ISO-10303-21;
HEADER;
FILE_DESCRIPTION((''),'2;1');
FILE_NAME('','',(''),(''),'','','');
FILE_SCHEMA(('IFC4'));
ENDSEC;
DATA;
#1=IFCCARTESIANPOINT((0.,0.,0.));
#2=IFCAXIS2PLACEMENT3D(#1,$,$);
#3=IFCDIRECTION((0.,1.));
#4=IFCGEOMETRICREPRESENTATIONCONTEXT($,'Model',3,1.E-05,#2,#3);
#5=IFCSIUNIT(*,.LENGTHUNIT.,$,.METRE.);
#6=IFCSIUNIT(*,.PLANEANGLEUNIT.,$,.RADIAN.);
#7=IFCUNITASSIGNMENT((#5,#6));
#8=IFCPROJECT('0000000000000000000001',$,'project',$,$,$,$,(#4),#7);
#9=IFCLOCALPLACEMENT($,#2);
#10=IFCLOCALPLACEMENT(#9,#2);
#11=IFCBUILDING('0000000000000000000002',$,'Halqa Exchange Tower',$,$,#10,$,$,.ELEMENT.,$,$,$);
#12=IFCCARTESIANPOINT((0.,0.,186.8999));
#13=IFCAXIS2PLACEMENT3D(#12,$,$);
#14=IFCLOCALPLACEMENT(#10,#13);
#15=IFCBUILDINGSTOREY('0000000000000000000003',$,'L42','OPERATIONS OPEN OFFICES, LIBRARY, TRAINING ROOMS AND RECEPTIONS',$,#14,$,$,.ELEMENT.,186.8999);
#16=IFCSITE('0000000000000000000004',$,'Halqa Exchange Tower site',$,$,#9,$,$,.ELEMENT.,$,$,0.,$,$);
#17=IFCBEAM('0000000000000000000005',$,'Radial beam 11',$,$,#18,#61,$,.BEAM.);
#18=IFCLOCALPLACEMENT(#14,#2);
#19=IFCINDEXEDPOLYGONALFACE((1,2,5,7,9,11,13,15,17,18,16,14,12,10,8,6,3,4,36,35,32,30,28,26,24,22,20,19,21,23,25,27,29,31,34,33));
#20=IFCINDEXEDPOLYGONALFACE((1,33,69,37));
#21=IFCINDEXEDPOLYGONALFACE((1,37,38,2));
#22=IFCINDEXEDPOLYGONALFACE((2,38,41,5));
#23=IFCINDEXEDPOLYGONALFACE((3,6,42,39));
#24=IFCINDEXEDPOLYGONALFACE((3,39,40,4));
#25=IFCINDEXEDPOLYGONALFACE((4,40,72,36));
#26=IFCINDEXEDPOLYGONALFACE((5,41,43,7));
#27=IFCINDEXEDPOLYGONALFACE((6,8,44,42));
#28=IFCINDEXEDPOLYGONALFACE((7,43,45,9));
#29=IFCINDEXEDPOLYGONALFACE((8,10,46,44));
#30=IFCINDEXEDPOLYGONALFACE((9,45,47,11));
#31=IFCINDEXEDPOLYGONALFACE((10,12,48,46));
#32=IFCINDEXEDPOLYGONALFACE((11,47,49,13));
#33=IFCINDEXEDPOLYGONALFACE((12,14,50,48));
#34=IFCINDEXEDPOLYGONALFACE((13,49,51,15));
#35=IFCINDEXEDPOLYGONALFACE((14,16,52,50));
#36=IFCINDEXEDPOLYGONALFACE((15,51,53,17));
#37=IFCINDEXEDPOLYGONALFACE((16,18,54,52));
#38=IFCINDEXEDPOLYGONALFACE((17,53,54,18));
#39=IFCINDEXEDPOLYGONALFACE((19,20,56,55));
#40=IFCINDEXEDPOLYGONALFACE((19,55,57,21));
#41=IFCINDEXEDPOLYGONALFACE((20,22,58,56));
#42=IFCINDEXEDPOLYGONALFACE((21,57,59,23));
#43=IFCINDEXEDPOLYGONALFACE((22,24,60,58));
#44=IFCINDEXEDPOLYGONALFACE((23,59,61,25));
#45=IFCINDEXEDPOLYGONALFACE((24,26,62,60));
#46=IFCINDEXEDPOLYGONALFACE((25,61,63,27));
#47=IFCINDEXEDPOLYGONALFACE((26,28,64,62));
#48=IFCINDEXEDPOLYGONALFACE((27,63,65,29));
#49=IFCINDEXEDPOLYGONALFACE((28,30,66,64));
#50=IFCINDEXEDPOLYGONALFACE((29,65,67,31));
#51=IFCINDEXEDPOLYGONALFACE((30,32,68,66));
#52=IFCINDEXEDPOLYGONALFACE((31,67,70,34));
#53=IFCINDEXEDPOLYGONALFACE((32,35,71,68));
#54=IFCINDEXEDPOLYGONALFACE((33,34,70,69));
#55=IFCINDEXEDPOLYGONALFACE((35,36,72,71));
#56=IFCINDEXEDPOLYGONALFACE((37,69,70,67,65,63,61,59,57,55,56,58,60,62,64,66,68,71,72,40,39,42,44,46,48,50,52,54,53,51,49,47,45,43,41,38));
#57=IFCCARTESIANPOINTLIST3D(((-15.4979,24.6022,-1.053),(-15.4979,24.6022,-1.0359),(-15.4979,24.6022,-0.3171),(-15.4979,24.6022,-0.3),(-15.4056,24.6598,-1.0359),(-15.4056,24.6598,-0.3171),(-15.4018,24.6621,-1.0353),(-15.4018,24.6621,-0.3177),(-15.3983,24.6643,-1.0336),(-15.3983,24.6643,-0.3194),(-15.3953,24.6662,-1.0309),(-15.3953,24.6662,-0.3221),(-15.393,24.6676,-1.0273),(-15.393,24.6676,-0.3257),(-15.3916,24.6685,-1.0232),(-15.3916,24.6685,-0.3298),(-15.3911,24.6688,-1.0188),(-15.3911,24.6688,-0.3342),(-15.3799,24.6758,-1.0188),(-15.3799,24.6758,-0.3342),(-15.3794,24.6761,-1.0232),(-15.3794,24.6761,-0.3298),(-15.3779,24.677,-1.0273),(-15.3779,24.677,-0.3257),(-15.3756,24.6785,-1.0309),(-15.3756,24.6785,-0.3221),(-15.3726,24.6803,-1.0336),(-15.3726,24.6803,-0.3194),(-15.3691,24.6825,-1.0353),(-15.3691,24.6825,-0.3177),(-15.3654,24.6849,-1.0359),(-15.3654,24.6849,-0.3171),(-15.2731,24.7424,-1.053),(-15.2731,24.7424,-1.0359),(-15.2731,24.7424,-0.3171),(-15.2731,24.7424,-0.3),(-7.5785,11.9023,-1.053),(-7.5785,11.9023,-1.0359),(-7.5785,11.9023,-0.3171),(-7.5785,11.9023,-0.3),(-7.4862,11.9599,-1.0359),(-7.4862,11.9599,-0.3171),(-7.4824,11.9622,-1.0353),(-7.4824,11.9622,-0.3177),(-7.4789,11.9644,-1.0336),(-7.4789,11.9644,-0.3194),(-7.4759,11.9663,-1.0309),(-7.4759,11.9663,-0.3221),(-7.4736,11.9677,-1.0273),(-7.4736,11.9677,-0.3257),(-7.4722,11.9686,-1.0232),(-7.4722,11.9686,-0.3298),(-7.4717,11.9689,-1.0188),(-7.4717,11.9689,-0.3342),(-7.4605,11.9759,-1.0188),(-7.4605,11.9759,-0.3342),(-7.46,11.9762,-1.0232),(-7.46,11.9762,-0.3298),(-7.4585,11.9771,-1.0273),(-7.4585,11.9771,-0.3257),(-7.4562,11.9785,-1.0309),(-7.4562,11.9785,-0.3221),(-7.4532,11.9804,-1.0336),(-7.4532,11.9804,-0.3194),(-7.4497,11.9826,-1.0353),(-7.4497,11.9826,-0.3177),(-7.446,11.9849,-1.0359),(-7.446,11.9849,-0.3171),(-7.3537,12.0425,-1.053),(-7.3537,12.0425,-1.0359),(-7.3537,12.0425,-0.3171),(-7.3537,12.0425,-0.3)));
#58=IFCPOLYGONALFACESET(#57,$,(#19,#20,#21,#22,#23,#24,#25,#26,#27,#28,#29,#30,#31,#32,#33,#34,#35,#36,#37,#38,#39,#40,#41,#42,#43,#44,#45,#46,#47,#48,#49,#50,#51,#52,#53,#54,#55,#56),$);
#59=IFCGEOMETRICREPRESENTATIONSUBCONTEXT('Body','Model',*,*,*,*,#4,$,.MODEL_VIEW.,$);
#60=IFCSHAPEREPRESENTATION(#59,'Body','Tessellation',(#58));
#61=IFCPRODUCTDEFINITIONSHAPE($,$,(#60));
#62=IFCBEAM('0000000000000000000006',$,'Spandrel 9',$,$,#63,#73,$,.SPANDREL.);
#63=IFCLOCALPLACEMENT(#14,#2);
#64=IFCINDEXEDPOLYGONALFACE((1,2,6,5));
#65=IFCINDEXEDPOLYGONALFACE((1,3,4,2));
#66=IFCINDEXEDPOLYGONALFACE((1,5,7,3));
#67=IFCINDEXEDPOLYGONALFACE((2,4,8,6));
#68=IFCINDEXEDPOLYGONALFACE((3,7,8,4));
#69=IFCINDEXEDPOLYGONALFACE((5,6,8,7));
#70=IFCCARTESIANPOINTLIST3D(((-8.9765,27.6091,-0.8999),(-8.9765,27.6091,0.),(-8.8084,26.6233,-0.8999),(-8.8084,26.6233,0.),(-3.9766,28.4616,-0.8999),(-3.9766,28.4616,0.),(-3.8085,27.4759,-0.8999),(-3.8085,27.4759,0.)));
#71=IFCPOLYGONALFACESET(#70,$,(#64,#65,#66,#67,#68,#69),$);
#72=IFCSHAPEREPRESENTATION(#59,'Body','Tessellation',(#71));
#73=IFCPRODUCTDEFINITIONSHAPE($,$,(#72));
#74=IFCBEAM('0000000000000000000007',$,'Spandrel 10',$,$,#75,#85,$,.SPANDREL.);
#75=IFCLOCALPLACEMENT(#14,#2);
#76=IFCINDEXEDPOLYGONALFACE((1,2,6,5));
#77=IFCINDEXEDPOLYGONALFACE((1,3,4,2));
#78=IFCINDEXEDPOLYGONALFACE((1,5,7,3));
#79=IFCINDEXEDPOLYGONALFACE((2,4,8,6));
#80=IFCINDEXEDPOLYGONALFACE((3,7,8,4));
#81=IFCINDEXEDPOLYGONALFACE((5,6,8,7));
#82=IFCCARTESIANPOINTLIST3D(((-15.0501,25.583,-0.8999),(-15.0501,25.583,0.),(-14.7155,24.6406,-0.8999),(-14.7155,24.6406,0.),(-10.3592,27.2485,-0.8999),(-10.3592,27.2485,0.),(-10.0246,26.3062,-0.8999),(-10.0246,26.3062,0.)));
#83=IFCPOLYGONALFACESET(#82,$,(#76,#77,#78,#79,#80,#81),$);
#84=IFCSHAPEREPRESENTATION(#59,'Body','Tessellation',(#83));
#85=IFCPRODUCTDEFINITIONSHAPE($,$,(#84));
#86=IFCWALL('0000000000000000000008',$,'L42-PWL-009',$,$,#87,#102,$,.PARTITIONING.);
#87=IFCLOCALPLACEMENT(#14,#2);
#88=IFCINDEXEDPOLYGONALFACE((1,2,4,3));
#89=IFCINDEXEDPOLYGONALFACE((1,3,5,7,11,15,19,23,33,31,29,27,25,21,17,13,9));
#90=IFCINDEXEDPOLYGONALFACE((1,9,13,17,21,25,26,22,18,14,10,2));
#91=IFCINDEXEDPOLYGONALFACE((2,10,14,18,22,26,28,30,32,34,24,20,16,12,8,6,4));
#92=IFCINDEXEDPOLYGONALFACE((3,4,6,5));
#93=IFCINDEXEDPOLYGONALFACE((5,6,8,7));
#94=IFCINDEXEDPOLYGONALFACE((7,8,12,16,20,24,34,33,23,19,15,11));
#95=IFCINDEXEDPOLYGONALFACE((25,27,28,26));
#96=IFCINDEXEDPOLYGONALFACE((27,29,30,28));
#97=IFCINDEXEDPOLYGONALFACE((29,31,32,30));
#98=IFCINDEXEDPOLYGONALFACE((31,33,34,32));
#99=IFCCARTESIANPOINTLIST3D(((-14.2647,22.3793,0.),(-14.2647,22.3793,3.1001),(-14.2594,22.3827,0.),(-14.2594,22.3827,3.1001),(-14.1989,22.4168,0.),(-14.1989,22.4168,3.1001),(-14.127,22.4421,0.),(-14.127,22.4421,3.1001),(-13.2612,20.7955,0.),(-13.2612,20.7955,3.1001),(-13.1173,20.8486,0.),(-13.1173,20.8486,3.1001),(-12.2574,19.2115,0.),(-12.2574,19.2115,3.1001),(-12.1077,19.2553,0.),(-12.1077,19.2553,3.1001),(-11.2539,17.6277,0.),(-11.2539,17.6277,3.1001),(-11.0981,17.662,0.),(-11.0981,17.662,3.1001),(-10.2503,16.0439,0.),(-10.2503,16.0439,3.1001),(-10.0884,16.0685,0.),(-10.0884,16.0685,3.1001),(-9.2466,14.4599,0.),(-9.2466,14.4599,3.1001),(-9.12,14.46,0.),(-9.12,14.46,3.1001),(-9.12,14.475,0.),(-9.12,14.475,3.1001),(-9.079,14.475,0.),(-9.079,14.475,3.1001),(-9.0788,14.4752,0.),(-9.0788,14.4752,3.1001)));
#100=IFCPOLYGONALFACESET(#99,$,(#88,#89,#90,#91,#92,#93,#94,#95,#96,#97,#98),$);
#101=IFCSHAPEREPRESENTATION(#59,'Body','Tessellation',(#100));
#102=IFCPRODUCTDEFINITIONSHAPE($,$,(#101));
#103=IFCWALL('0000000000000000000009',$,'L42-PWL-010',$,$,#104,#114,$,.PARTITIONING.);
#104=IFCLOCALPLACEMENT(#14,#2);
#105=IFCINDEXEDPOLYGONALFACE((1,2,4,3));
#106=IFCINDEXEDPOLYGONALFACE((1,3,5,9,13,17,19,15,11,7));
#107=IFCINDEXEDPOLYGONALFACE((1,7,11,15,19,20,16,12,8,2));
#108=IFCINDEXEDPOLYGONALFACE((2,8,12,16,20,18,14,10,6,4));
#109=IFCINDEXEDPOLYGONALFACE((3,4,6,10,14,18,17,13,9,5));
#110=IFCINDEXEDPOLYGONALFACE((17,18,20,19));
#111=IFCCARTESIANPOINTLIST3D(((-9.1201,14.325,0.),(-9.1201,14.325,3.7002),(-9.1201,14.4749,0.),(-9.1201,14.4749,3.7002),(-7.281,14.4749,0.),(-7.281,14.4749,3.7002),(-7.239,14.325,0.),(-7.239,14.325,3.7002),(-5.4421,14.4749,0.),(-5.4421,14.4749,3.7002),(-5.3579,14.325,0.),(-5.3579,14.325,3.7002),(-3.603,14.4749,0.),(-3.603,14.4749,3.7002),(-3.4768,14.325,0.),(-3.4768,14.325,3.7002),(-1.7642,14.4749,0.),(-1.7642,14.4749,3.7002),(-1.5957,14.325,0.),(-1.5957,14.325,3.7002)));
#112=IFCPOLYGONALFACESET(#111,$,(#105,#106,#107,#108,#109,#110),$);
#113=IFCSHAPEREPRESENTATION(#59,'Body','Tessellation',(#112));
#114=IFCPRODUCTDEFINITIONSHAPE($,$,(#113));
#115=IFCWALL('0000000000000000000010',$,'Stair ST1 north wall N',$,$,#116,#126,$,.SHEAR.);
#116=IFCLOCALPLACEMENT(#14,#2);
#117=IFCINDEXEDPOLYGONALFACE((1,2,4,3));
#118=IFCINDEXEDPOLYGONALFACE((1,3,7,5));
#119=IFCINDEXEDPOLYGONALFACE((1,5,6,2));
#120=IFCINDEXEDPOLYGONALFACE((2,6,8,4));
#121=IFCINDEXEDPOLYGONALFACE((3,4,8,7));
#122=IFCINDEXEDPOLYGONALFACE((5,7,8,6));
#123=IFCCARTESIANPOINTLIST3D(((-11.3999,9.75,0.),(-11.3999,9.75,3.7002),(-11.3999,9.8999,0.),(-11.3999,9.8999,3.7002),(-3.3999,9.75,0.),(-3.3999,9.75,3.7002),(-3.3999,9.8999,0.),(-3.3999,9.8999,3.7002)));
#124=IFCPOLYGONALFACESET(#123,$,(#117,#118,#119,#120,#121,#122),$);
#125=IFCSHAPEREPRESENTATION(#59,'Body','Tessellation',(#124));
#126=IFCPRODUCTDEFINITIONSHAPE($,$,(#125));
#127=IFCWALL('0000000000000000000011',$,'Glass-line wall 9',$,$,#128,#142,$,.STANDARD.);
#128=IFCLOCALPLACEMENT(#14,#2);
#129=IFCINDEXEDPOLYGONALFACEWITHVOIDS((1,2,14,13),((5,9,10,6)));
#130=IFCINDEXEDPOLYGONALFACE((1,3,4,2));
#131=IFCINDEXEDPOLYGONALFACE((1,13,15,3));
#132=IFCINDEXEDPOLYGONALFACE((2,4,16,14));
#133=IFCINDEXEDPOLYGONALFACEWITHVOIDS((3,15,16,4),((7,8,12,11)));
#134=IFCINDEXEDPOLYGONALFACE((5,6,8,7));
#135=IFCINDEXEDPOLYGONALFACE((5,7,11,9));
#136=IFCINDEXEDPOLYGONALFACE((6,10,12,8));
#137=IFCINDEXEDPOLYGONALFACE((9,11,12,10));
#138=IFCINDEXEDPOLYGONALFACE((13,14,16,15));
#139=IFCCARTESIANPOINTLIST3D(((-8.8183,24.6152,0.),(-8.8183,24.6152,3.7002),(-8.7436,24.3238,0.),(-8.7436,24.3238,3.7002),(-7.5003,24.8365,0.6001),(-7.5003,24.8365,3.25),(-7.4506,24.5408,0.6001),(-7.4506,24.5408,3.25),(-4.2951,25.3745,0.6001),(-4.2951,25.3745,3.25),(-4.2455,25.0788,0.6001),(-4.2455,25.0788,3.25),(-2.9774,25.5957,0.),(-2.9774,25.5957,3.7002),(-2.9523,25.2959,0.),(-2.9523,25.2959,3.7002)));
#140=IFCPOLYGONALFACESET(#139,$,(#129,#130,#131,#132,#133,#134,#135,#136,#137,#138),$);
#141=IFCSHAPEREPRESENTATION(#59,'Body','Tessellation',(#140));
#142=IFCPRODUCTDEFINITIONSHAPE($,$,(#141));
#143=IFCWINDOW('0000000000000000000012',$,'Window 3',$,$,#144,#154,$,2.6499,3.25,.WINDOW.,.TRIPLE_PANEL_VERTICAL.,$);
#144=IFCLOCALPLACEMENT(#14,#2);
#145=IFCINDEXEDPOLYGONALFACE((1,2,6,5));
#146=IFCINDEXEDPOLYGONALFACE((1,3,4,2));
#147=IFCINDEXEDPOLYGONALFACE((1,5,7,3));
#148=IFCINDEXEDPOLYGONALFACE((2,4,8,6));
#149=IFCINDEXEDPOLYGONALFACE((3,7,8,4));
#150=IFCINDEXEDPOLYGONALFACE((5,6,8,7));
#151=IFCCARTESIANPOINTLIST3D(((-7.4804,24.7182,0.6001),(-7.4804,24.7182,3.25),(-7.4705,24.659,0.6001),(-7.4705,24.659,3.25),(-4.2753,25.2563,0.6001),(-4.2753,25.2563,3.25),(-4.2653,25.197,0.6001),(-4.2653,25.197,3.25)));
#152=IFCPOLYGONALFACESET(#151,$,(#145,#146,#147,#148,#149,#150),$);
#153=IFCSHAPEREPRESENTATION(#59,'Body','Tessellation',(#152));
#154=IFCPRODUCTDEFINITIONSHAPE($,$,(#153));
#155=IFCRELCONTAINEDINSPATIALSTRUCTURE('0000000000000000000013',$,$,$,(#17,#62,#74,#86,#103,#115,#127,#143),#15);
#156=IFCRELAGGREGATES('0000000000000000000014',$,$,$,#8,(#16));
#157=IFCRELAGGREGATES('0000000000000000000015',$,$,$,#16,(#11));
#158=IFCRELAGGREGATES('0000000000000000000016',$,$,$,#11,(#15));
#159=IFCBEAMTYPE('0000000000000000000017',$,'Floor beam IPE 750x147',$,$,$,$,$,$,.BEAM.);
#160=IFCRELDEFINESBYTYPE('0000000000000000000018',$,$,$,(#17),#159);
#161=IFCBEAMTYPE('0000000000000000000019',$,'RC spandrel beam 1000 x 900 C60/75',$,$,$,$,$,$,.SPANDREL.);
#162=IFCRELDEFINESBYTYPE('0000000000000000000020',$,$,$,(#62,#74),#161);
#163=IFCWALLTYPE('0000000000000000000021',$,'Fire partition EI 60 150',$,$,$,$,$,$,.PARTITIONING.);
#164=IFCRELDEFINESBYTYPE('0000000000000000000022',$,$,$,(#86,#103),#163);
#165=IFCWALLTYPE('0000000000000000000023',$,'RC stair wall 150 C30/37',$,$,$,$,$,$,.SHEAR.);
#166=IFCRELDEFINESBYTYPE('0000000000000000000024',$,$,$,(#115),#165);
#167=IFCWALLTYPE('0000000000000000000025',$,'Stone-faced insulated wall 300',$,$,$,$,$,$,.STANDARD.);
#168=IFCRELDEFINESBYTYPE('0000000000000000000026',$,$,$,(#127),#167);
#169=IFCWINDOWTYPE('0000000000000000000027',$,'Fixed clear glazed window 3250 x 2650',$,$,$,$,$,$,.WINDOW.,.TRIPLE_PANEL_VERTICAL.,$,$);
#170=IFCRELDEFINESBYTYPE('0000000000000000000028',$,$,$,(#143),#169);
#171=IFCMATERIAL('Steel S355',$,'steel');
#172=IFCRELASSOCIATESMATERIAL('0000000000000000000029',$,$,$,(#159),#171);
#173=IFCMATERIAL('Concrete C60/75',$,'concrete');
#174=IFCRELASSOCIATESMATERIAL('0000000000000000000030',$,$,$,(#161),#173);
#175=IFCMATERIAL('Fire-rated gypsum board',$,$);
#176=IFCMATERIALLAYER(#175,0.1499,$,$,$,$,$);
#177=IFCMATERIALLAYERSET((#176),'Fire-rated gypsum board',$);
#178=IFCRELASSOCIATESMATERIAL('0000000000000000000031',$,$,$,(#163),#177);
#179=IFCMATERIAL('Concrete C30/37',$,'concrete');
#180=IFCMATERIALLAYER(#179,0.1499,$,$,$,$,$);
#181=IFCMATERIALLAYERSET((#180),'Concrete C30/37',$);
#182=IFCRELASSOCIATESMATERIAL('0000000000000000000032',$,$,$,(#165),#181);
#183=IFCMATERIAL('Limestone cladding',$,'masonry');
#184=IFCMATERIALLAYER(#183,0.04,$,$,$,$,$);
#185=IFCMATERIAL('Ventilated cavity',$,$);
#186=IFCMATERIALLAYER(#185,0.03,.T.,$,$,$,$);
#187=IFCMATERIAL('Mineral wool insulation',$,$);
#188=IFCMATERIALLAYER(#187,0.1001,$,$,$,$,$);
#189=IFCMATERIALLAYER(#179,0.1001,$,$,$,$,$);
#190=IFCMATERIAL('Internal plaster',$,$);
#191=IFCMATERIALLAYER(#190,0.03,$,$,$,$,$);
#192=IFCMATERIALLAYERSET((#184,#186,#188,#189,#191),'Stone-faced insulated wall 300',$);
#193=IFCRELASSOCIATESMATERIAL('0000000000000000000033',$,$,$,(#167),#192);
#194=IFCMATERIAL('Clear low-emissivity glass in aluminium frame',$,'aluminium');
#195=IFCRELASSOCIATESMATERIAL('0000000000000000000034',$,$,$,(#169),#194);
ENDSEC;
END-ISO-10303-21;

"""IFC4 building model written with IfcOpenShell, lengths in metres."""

from ifc_helpers import new_model, si_unit, direction, frame, frame_2d, origin, origin_2d, place, context, subcontext, project, spatial, polyline, rectangle, i_section, outline, extrude, material, layer, layer_set, material_profile, profile_set, type_object, element, fill, save


model = new_model("IFC4")

# Units and contexts
model_context = context("Model", 3, precision=1e-05, world=origin(), true_north=direction((0.0, 1.0)))
body_context = subcontext(model_context, "Body", "Model", "MODEL_VIEW")
ifc_project = project(units=[si_unit("LENGTHUNIT", "METRE"), si_unit("PLANEANGLEUNIT", "RADIAN")], contexts=[model_context])

# Site, building, storey
site_placement = place(None, origin())
site = spatial("IfcSite", under=ifc_project, at=site_placement, Name="Halqa Exchange Tower site", CompositionType="ELEMENT", RefElevation=0.0)
building_placement = place(site_placement, origin())
building = spatial("IfcBuilding", under=site, at=building_placement, Name="Halqa Exchange Tower", CompositionType="ELEMENT")
storey_placement = place(building_placement, frame((0.0, 0.0, 186.8999)))
storey = spatial("IfcBuildingStorey", under=building, at=storey_placement, Name="L42", Description="OPERATIONS OPEN OFFICES, LIBRARY, TRAINING ROOMS AND RECEPTIONS", CompositionType="ELEMENT", Elevation=186.8999)

# Beams
ifc_material_1 = material(Name="Steel S355", Category="steel")
ifc_material_profile_1 = material_profile(ifc_material_1, i_section(OverallWidth=0.2649, OverallDepth=0.7529, WebThickness=0.0132, FlangeThickness=0.0171, FilletRadius=0.0171, at=origin_2d()), Name="IPE 750x147")
ifc_profile_set_1 = profile_set([ifc_material_profile_1], Name="Steel S355")
beam_type_1 = type_object("IfcBeamType", Name="Floor beam IPE 750x147", PredefinedType="BEAM", material=ifc_profile_set_1)
beam_1_placement = place(storey_placement, frame((-7.4661, 11.9724, -0.6765), z_axis=(-0.529132, 0.848539, 0.0), x_axis=(-0.848539, -0.529132, 0.0)))
element("IfcBeam", 1, at=beam_1_placement, inside=storey, type_object=beam_type_1, Name="Radial beam 11", PredefinedType="BEAM", context=body_context, shape_type="SweptSolid", body=[
    extrude(i_section(OverallWidth=0.2649, OverallDepth=0.7529, WebThickness=0.0132, FlangeThickness=0.0171, FilletRadius=0.0171, at=origin_2d()), origin(), (0.0, 0.0, 1.0), 14.9668),
])
ifc_material_2 = material(Name="Concrete C60/75", Category="concrete")
ifc_material_profile_2 = material_profile(ifc_material_2, rectangle(XDim=1.0, YDim=0.8999, at=origin_2d()), Name="1000 x 900")
ifc_profile_set_2 = profile_set([ifc_material_profile_2], Name="Concrete C60/75")
beam_type_2 = type_object("IfcBeamType", Name="RC spandrel beam 1000 x 900 C60/75", PredefinedType="SPANDREL", material=ifc_profile_set_2)
beam_2_placement = place(storey_placement, frame((-3.8926, 27.9688, -0.45), z_axis=(-0.985772, -0.16809, 0.0), x_axis=(0.16809, -0.985772, 0.0)))
element("IfcBeam", 2, at=beam_2_placement, inside=storey, type_object=beam_type_2, Name="Spandrel 9", PredefinedType="SPANDREL", context=body_context, shape_type="SweptSolid", body=[
    extrude(rectangle(XDim=1.0, YDim=0.8999, at=origin_2d()), origin(), (0.0, 0.0, 1.0), 5.072),
])
beam_3_placement = place(storey_placement, frame((-10.1919, 26.7773, -0.45), z_axis=(-0.942364, -0.33459, 0.0), x_axis=(0.33459, -0.942364, 0.0)))
element("IfcBeam", 3, at=beam_3_placement, inside=storey, type_object=beam_type_2, Name="Spandrel 10", PredefinedType="SPANDREL", context=body_context, shape_type="SweptSolid", body=[
    extrude(rectangle(XDim=1.0, YDim=0.8999, at=origin_2d()), origin(), (0.0, 0.0, 1.0), 4.9778),
])

# Walls
ifc_material_3 = material(Name="Fire-rated gypsum board")
ifc_layer_1 = layer(ifc_material_3, 0.1499)
ifc_layer_set_1 = layer_set([ifc_layer_1], Name="Fire-rated gypsum board")
wall_type_1 = type_object("IfcWallType", Name="Fire partition EI 60 150", PredefinedType="PARTITIONING", material=ifc_layer_set_1)
wall_1_placement = place(storey_placement, frame((-9.1421, 14.4351, 0.0), z_axis=(0.0, 0.0, 1.0), x_axis=(-0.535245, 0.844697, 0.0)))
element("IfcWall", 4, at=wall_1_placement, inside=storey, type_object=wall_type_1, Name="L42-PWL-009", PredefinedType="PARTITIONING", context=body_context, shape_type="SweptSolid", body=[
    extrude(outline(polyline([(0.0, -0.075), (1.8862, -0.075), (3.7727, -0.075), (5.6589, -0.075), (7.5452, -0.075), (9.4316, -0.075), (9.4487, -0.0007), (9.4524, 0.0686), (9.4524, 0.075), (7.5774, 0.075), (5.7021, 0.075), (3.8271, 0.075), (1.9521, 0.075), (0.0769, 0.075), (0.0093, -0.032), (0.022, -0.04), (0.0, -0.0747), (0.0, -0.075)])), origin(), (0.0, 0.0, 1.0), 3.1001),
])
wall_2_placement = place(storey_placement, frame((-9.1201, 14.3999, 0.0), z_axis=(0.0, 0.0, 1.0), x_axis=(1.0, 0.0, 0.0)))
element("IfcWall", 5, at=wall_2_placement, inside=storey, type_object=wall_type_1, Name="L42-PWL-010", PredefinedType="PARTITIONING", context=body_context, shape_type="SweptSolid", body=[
    extrude(outline(polyline([(7.5244, -0.075), (7.5244, -0.075), (7.356, 0.075), (5.5171, 0.075), (3.678, 0.075), (1.8391, 0.075), (0.0, 0.075), (0.0, -0.075), (1.8811, -0.075), (3.7622, -0.075), (5.6433, -0.075), (7.5244, -0.075)])), origin(), (0.0, 0.0, 1.0), 3.7002),
])

# Wall
ifc_material_4 = material(Name="Concrete C30/37", Category="concrete")
ifc_layer_2 = layer(ifc_material_4, 0.1499)
ifc_layer_set_2 = layer_set([ifc_layer_2], Name="Concrete C30/37")
wall_type_2 = type_object("IfcWallType", Name="RC stair wall 150 C30/37", PredefinedType="SHEAR", material=ifc_layer_set_2)
wall_3_placement = place(storey_placement, frame((-11.3999, 9.825, 0.0), z_axis=(0.0, 0.0, 1.0), x_axis=(1.0, 0.0, 0.0)))
element("IfcWall", 6, at=wall_3_placement, inside=storey, type_object=wall_type_2, Name="Stair ST1 north wall N", PredefinedType="SHEAR", context=body_context, shape_type="SweptSolid", body=[
    extrude(rectangle(XDim=8.0, YDim=0.1499, at=frame_2d((4.0, 0.0))), origin(), (0.0, 0.0, 1.0), 3.7002),
])

# Wall, opening, window
ifc_material_5 = material(Name="Limestone cladding", Category="masonry")
ifc_layer_3 = layer(ifc_material_5, 0.04)
ifc_material_6 = material(Name="Ventilated cavity")
ifc_layer_4 = layer(ifc_material_6, 0.03, ventilated=True)
ifc_material_7 = material(Name="Mineral wool insulation")
ifc_layer_5 = layer(ifc_material_7, 0.1001)
ifc_layer_6 = layer(ifc_material_4, 0.1001)
ifc_material_8 = material(Name="Internal plaster")
ifc_layer_7 = layer(ifc_material_8, 0.03)
ifc_layer_set_3 = layer_set([ifc_layer_3, ifc_layer_4, ifc_layer_5, ifc_layer_6, ifc_layer_7], Name="Stone-faced insulated wall 300")
wall_type_3 = type_object("IfcWallType", Name="Stone-faced insulated wall 300", PredefinedType="STANDARD", material=ifc_layer_set_3)
wall_4_placement = place(storey_placement, frame((-2.9648, 25.4458, 0.0), z_axis=(0.0, 0.0, 1.0), x_axis=(-0.986202, -0.165547, 0.0)))
wall_4 = element("IfcWall", 7, at=wall_4_placement, inside=storey, type_object=wall_type_3, Name="Glass-line wall 9", PredefinedType="STANDARD", context=body_context, shape_type="SweptSolid", body=[
    extrude(outline(polyline([(-0.0125, -0.1499), (5.9102, -0.1499), (5.8848, 0.1499), (0.0125, 0.1499), (-0.0125, -0.1499)])), origin(), (0.0, 0.0, 1.0), 3.7002),
])
opening_1_placement = place(wall_4_placement, frame((1.3237, 0.0, 0.6001)))
opening_1 = element("IfcOpeningElement", 8, at=opening_1_placement, cuts=wall_4, PredefinedType="OPENING", context=body_context, shape_type="SweptSolid", body=[
    extrude(rectangle(XDim=3.25, YDim=2.6499, at=frame_2d((1.625, 1.325))), frame((0.0, 0.1621, 0.0), z_axis=(0.0, -1.0, 0.0), x_axis=(1.0, 0.0, 0.0)), (0.0, 0.0, 1.0), 0.324),
])
ifc_material_9 = material(Name="Clear low-emissivity glass in aluminium frame", Category="aluminium")
window_type = type_object("IfcWindowType", Name="Fixed clear glazed window 3250 x 2650", PartitioningType="TRIPLE_PANEL_VERTICAL", PredefinedType="WINDOW", material=ifc_material_9)
window_1_placement = place(opening_1_placement, origin())
window_1 = element("IfcWindow", 9, at=window_1_placement, inside=storey, type_object=window_type, Name="Window 3", OverallHeight=2.6499, OverallWidth=3.25, PartitioningType="TRIPLE_PANEL_VERTICAL", PredefinedType="WINDOW", context=body_context, shape_type="SweptSolid", body=[
    extrude(rectangle(XDim=3.25, YDim=2.6499, at=frame_2d((1.625, 1.325))), frame((0.0, 0.03, 0.0), z_axis=(0.0, -1.0, 0.0), x_axis=(1.0, 0.0, 0.0)), (0.0, 0.0, 1.0), 0.0601),
])
fill(opening_1, window_1)

save(model, "model.ifc")
